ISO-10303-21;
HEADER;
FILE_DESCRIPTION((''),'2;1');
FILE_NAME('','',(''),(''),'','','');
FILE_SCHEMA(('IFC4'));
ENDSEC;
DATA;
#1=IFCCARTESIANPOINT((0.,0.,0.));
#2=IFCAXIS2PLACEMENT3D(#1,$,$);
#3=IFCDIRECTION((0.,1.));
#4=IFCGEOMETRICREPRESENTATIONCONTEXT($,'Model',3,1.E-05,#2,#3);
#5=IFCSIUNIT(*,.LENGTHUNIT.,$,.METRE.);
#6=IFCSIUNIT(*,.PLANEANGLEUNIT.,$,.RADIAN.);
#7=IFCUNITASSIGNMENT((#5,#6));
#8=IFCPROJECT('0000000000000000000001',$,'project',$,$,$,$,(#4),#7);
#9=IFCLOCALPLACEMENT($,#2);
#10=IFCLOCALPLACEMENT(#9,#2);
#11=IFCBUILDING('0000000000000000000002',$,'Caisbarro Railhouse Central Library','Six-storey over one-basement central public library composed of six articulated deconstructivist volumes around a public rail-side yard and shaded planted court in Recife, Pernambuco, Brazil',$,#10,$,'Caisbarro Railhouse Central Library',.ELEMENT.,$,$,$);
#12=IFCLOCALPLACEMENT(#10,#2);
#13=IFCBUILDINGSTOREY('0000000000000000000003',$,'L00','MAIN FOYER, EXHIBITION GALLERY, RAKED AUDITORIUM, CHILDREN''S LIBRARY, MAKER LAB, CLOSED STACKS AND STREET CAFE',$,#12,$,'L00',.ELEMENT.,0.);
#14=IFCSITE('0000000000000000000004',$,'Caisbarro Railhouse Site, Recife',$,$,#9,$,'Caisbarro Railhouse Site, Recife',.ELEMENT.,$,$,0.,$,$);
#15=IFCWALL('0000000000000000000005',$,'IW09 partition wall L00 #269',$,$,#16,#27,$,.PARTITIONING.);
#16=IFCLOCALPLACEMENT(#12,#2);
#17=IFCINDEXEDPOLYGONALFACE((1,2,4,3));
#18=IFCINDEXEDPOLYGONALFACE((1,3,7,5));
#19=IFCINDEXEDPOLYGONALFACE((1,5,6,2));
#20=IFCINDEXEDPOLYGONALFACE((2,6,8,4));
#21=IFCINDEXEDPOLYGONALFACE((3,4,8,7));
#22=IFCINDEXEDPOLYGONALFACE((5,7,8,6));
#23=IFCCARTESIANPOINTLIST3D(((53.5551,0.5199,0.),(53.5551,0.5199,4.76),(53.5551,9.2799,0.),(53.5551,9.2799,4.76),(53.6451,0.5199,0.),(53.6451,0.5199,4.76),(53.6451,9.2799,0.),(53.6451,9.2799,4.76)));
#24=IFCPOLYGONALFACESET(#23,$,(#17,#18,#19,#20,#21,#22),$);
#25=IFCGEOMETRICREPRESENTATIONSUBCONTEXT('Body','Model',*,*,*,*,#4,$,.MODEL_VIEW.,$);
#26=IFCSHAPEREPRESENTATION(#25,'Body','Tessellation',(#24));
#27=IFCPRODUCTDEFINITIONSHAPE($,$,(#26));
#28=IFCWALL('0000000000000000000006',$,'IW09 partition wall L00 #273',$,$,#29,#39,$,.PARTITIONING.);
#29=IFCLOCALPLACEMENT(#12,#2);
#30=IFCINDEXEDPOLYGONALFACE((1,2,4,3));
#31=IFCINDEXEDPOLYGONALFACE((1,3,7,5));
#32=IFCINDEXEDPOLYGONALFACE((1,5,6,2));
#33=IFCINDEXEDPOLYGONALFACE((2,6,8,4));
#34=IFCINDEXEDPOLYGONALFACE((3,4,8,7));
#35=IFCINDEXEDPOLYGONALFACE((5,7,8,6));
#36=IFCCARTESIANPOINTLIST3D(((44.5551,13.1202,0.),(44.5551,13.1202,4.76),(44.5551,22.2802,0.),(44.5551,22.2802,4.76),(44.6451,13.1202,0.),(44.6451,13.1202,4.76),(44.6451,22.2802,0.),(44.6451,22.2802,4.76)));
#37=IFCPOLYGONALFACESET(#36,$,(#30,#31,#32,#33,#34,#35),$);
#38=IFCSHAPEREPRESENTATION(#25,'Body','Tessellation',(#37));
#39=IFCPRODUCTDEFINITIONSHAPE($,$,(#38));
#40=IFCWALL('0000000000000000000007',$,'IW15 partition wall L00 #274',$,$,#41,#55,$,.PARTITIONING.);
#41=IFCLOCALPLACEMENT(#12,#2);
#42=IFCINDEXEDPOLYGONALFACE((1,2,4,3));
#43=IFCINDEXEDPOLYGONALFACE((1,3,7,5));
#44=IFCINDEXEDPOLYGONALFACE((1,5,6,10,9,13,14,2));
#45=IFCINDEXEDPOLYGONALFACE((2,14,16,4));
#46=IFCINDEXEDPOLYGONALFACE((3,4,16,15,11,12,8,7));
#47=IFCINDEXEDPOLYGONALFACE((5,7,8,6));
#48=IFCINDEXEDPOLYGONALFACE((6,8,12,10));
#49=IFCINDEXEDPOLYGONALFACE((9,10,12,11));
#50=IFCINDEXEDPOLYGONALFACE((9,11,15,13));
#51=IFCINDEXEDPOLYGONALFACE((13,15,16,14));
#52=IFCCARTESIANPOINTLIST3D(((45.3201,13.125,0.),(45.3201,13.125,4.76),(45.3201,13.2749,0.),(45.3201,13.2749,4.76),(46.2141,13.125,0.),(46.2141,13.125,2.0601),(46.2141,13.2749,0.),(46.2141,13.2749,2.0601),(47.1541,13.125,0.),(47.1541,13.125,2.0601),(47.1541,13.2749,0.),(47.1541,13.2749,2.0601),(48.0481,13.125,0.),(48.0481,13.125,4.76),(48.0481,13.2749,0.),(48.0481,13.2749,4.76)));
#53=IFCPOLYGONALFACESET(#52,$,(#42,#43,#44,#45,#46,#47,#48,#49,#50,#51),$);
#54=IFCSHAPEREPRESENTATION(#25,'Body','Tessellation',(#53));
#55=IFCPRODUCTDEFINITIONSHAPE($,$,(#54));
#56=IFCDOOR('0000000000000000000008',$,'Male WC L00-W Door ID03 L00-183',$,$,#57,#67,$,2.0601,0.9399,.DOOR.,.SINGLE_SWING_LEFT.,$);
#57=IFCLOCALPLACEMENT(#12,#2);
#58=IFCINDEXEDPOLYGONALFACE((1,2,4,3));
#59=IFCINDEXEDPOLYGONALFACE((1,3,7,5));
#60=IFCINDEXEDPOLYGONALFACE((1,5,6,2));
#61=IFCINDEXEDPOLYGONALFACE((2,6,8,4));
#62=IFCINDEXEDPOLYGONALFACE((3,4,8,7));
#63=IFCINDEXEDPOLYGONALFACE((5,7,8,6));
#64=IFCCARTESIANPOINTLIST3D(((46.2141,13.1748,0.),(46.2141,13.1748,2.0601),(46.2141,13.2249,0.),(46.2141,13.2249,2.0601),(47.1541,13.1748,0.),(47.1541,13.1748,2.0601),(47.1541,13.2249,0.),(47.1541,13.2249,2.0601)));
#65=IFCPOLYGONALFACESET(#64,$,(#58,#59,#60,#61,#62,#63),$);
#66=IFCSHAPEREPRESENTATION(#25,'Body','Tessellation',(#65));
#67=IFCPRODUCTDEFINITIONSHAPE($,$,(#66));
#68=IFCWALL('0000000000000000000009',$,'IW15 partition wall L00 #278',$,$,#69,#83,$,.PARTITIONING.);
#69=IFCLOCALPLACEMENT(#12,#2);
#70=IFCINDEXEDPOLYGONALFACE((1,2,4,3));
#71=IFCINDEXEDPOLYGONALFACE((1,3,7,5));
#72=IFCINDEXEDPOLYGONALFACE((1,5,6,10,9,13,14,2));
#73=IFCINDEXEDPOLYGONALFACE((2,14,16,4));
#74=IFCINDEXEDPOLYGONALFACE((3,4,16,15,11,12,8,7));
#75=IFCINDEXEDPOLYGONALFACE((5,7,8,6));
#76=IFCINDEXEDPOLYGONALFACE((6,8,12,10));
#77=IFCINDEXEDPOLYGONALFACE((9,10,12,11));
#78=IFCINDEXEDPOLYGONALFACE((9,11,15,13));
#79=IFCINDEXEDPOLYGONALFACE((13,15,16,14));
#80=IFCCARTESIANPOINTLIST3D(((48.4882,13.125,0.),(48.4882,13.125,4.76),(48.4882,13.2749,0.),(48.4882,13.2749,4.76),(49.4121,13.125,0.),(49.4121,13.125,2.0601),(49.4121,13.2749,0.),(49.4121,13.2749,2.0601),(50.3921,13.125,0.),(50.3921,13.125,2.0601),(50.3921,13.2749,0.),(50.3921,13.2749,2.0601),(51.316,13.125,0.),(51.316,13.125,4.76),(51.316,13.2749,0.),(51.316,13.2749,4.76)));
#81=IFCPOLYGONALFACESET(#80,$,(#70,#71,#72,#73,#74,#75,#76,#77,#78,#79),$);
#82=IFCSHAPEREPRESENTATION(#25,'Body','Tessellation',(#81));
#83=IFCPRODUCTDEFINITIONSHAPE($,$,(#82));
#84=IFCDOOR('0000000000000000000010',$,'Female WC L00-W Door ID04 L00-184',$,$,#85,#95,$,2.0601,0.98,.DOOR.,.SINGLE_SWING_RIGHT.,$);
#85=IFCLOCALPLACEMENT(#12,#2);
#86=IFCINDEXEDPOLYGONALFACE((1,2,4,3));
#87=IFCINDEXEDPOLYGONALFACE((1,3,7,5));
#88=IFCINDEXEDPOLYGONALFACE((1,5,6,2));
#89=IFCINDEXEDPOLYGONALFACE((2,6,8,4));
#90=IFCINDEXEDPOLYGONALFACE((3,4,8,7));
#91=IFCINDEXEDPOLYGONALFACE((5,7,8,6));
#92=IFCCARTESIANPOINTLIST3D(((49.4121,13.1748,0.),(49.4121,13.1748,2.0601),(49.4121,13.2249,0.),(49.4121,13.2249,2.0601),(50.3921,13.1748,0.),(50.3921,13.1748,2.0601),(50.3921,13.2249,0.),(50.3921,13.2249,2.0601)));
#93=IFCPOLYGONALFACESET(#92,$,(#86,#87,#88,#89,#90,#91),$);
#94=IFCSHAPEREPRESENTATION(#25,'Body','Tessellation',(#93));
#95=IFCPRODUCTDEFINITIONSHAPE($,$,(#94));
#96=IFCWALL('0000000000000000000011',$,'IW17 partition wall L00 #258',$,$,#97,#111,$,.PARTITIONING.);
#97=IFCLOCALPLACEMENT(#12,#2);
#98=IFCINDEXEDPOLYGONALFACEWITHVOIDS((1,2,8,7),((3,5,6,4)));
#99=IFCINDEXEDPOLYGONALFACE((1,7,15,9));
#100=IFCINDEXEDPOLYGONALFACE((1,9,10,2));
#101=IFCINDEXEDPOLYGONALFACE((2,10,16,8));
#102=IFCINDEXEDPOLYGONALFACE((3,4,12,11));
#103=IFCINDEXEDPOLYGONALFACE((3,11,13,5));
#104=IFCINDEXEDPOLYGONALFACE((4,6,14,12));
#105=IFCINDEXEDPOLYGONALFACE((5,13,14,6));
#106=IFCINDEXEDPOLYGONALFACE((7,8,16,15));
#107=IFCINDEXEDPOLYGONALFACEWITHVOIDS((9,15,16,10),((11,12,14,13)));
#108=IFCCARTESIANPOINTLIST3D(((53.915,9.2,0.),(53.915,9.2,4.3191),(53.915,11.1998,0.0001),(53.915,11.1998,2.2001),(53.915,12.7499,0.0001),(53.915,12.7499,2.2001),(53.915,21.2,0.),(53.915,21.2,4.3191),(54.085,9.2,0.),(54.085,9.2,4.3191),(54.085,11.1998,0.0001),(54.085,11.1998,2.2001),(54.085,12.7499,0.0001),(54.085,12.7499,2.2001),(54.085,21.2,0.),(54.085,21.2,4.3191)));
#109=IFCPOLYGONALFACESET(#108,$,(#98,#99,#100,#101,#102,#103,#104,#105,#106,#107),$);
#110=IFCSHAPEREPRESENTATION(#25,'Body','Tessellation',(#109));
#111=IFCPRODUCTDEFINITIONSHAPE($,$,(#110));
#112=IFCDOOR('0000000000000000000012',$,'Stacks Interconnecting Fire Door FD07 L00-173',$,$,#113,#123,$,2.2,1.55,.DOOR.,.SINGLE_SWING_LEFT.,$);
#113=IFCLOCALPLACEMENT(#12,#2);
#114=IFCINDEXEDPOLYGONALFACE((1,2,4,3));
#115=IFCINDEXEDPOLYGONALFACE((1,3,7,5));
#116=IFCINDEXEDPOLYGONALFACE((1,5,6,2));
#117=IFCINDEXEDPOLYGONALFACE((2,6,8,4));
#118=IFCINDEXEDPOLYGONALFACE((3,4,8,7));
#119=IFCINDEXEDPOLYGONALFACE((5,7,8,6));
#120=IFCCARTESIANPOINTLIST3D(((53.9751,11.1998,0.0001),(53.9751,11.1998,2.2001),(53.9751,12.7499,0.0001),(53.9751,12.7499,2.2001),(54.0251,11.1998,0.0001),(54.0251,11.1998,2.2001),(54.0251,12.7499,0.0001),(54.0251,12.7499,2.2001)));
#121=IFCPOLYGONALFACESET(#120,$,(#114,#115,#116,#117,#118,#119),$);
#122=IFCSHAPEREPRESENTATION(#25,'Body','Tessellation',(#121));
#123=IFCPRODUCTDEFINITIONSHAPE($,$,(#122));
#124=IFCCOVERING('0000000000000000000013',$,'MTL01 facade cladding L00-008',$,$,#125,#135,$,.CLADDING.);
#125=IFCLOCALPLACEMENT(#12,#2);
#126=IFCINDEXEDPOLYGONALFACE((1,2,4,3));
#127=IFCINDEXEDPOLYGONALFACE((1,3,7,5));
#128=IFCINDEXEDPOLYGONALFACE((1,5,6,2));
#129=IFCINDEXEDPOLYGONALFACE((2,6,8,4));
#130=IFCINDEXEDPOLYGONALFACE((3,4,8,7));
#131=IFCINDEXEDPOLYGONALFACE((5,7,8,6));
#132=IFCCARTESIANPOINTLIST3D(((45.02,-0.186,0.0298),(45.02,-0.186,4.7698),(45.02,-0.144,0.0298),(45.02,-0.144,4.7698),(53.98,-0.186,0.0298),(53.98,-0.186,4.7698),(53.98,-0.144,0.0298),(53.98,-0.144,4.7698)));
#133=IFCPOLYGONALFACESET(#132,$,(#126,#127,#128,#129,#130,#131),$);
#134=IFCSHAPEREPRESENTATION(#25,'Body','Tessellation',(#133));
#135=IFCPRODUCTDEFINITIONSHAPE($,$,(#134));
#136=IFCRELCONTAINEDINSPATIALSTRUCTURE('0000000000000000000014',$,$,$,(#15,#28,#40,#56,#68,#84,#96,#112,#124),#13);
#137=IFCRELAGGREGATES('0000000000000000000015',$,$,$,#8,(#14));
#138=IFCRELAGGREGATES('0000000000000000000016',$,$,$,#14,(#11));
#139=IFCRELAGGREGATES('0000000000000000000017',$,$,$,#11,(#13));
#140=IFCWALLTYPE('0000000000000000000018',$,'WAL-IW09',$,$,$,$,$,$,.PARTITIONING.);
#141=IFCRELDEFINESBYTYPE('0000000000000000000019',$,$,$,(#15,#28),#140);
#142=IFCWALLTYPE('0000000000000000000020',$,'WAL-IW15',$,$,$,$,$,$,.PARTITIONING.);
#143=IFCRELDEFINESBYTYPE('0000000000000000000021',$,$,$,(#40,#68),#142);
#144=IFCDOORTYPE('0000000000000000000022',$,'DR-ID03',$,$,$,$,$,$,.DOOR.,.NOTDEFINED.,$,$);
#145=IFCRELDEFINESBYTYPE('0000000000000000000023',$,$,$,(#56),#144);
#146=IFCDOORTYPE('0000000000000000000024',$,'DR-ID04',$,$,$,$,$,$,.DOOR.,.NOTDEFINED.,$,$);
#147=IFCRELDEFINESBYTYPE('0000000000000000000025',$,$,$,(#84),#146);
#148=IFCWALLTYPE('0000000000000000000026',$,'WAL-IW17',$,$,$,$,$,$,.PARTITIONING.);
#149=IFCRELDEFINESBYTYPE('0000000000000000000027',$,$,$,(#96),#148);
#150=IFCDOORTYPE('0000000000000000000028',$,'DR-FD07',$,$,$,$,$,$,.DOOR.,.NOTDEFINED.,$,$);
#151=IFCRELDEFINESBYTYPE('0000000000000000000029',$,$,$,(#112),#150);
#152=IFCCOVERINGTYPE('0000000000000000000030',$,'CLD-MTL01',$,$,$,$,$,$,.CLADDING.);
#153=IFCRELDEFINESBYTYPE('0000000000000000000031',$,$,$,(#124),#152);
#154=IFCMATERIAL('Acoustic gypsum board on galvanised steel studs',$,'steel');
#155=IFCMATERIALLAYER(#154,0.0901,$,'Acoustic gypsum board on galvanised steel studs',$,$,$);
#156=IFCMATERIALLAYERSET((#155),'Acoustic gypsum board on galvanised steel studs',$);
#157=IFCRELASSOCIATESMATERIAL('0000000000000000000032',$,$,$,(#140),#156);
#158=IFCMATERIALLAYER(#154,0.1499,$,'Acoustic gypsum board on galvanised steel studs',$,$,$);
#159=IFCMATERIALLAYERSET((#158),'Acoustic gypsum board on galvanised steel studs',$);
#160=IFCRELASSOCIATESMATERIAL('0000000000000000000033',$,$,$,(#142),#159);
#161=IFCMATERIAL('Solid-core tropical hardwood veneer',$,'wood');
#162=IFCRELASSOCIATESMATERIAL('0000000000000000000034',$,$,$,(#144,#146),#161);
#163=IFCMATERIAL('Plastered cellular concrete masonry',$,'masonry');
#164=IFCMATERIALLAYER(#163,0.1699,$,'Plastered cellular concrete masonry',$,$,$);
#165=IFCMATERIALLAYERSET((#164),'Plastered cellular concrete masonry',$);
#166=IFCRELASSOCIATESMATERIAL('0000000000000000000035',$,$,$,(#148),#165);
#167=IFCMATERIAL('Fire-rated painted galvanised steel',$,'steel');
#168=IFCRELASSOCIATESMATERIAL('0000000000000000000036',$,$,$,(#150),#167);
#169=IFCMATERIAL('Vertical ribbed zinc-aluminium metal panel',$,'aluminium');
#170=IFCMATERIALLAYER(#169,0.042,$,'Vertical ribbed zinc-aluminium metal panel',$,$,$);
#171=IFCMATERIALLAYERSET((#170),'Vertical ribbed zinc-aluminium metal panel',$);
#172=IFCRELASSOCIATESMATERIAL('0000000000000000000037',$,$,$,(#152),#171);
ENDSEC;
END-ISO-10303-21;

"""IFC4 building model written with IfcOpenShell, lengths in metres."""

from ifc_helpers import new_model, si_unit, direction, frame, frame_2d, origin, origin_2d, place, context, subcontext, project, spatial, rectangle, extrude, material, layer, layer_set, type_object, element, fill, save


model = new_model("IFC4")

# Units and contexts
model_context = context("Model", 3, precision=1e-05, world=origin(), true_north=direction((0.0, 1.0)))
body_context = subcontext(model_context, "Body", "Model", "MODEL_VIEW")
ifc_project = project(units=[si_unit("LENGTHUNIT", "METRE"), si_unit("PLANEANGLEUNIT", "RADIAN")], contexts=[model_context])

# Site, building, storey
site_placement = place(None, origin())
site = spatial("IfcSite", under=ifc_project, at=site_placement, Name="Caisbarro Railhouse Site, Recife", LongName="Caisbarro Railhouse Site, Recife", CompositionType="ELEMENT", RefElevation=0.0)
building_placement = place(site_placement, origin())
building = spatial("IfcBuilding", under=site, at=building_placement, Name="Caisbarro Railhouse Central Library", Description="Six-storey over one-basement central public library composed of six articulated deconstructivist volumes around a public rail-side yard and shaded planted court in Recife, Pernambuco, Brazil", LongName="Caisbarro Railhouse Central Library", CompositionType="ELEMENT")
storey_placement = place(building_placement, origin())
storey = spatial("IfcBuildingStorey", under=building, at=storey_placement, Name="L00", Description="MAIN FOYER, EXHIBITION GALLERY, RAKED AUDITORIUM, CHILDREN'S LIBRARY, MAKER LAB, CLOSED STACKS AND STREET CAFE", LongName="L00", CompositionType="ELEMENT", Elevation=0.0)

# Walls
ifc_material_1 = material(Name="Acoustic gypsum board on galvanised steel studs", Category="steel")
ifc_layer_1 = layer(ifc_material_1, 0.0901, Name="Acoustic gypsum board on galvanised steel studs")
ifc_layer_set_1 = layer_set([ifc_layer_1], Name="Acoustic gypsum board on galvanised steel studs")
wall_type_1 = type_object("IfcWallType", Name="WAL-IW09", PredefinedType="PARTITIONING", material=ifc_layer_set_1)
wall_1_placement = place(storey_placement, frame((53.6001, 0.52, 0.0), z_axis=(0.0, 0.0, 1.0), x_axis=(0.0, 1.0, 0.0)))
element("IfcWall", 1, at=wall_1_placement, inside=storey, type_object=wall_type_1, Name="IW09 partition wall L00 #269", PredefinedType="PARTITIONING", context=body_context, shape_type="SweptSolid", body=[
    extrude(rectangle(XDim=8.76, YDim=0.0901, at=frame_2d((4.3799, 0.0))), origin(), (0.0, 0.0, 1.0), 4.76),
])
wall_2_placement = place(storey_placement, frame((44.6001, 13.1201, 0.0), z_axis=(0.0, 0.0, 1.0), x_axis=(0.0, 1.0, 0.0)))
element("IfcWall", 2, at=wall_2_placement, inside=storey, type_object=wall_type_1, Name="IW09 partition wall L00 #273", PredefinedType="PARTITIONING", context=body_context, shape_type="SweptSolid", body=[
    extrude(rectangle(XDim=9.1599, YDim=0.0901, at=frame_2d((4.5801, 0.0))), origin(), (0.0, 0.0, 1.0), 4.76),
])

# Walls, openings, doors
ifc_layer_2 = layer(ifc_material_1, 0.1499, Name="Acoustic gypsum board on galvanised steel studs")
ifc_layer_set_2 = layer_set([ifc_layer_2], Name="Acoustic gypsum board on galvanised steel studs")
wall_type_2 = type_object("IfcWallType", Name="WAL-IW15", PredefinedType="PARTITIONING", material=ifc_layer_set_2)
wall_3_placement = place(storey_placement, frame((45.3201, 13.2, 0.0), z_axis=(0.0, 0.0, 1.0), x_axis=(1.0, 0.0, 0.0)))
wall_3 = element("IfcWall", 3, at=wall_3_placement, inside=storey, type_object=wall_type_2, Name="IW15 partition wall L00 #274", PredefinedType="PARTITIONING", context=body_context, shape_type="SweptSolid", body=[
    extrude(rectangle(XDim=2.728, YDim=0.1499, at=frame_2d((1.364, 0.0))), origin(), (0.0, 0.0, 1.0), 4.76),
])
opening_1_placement = place(wall_3_placement, frame((0.894, 0.0, 0.0)))
opening_1 = element("IfcOpeningElement", 4, at=opening_1_placement, cuts=wall_3, PredefinedType="OPENING", context=body_context, shape_type="SweptSolid", body=[
    extrude(rectangle(XDim=0.9399, YDim=2.0601, at=frame_2d((0.47, 1.03))), frame((0.0, 0.085, 0.0), z_axis=(0.0, -1.0, 0.0), x_axis=(1.0, 0.0, 0.0)), (0.0, 0.0, 1.0), 0.1699),
])
ifc_material_2 = material(Name="Solid-core tropical hardwood veneer", Category="wood")
door_type_1 = type_object("IfcDoorType", Name="DR-ID03", OperationType="NOTDEFINED", PredefinedType="DOOR", material=ifc_material_2)
door_1_placement = place(opening_1_placement, origin())
door_1 = element("IfcDoor", 5, at=door_1_placement, inside=storey, type_object=door_type_1, Name="Male WC L00-W Door ID03 L00-183", OperationType="SINGLE_SWING_LEFT", OverallHeight=2.0601, OverallWidth=0.9399, PredefinedType="DOOR", context=body_context, shape_type="SweptSolid", body=[
    extrude(rectangle(XDim=0.9399, YDim=2.0601, at=frame_2d((0.47, 1.03))), frame((0.0, 0.0249, 0.0), z_axis=(0.0, -1.0, 0.0), x_axis=(1.0, 0.0, 0.0)), (0.0, 0.0, 1.0), 0.05),
])
fill(opening_1, door_1)
wall_4_placement = place(storey_placement, frame((48.488, 13.2, 0.0), z_axis=(0.0, 0.0, 1.0), x_axis=(1.0, 0.0, 0.0)))
wall_4 = element("IfcWall", 6, at=wall_4_placement, inside=storey, type_object=wall_type_2, Name="IW15 partition wall L00 #278", PredefinedType="PARTITIONING", context=body_context, shape_type="SweptSolid", body=[
    extrude(rectangle(XDim=2.8279, YDim=0.1499, at=frame_2d((1.4141, 0.0))), origin(), (0.0, 0.0, 1.0), 4.76),
])
opening_2_placement = place(wall_4_placement, frame((0.9241, 0.0, 0.0)))
opening_2 = element("IfcOpeningElement", 7, at=opening_2_placement, cuts=wall_4, PredefinedType="OPENING", context=body_context, shape_type="SweptSolid", body=[
    extrude(rectangle(XDim=0.98, YDim=2.0601, at=frame_2d((0.49, 1.03))), frame((0.0, 0.085, 0.0), z_axis=(0.0, -1.0, 0.0), x_axis=(1.0, 0.0, 0.0)), (0.0, 0.0, 1.0), 0.1699),
])
door_type_2 = type_object("IfcDoorType", Name="DR-ID04", OperationType="NOTDEFINED", PredefinedType="DOOR", material=ifc_material_2)
door_2_placement = place(opening_2_placement, origin())
door_2 = element("IfcDoor", 8, at=door_2_placement, inside=storey, type_object=door_type_2, Name="Female WC L00-W Door ID04 L00-184", OperationType="SINGLE_SWING_RIGHT", OverallHeight=2.0601, OverallWidth=0.98, PredefinedType="DOOR", context=body_context, shape_type="SweptSolid", body=[
    extrude(rectangle(XDim=0.98, YDim=2.0601, at=frame_2d((0.49, 1.03))), frame((0.0, 0.0249, 0.0), z_axis=(0.0, -1.0, 0.0), x_axis=(1.0, 0.0, 0.0)), (0.0, 0.0, 1.0), 0.05),
])
fill(opening_2, door_2)
ifc_material_3 = material(Name="Plastered cellular concrete masonry", Category="masonry")
ifc_layer_3 = layer(ifc_material_3, 0.1699, Name="Plastered cellular concrete masonry")
ifc_layer_set_3 = layer_set([ifc_layer_3], Name="Plastered cellular concrete masonry")
wall_type_3 = type_object("IfcWallType", Name="WAL-IW17", PredefinedType="PARTITIONING", material=ifc_layer_set_3)
wall_5_placement = place(storey_placement, frame((54.0, 9.2, 0.0), z_axis=(0.0, 0.0, 1.0), x_axis=(0.0, 1.0, 0.0)))
wall_5 = element("IfcWall", 9, at=wall_5_placement, inside=storey, type_object=wall_type_3, Name="IW17 partition wall L00 #258", PredefinedType="PARTITIONING", context=body_context, shape_type="SweptSolid", body=[
    extrude(rectangle(XDim=12.0, YDim=0.1699, at=frame_2d((6.0, 0.0))), origin(), (0.0, 0.0, 1.0), 4.3191),
])
opening_3_placement = place(wall_5_placement, frame((2.0, 0.0, 0.0)))
opening_3 = element("IfcOpeningElement", 10, at=opening_3_placement, cuts=wall_5, PredefinedType="OPENING", context=body_context, shape_type="SweptSolid", body=[
    extrude(rectangle(XDim=1.55, YDim=2.2, at=frame_2d((0.7749, 1.1001))), frame((0.0, 0.095, 0.0), z_axis=(0.0, -1.0, 0.0), x_axis=(1.0, 0.0, 0.0)), (0.0, 0.0, 1.0), 0.1899),
])
ifc_material_4 = material(Name="Fire-rated painted galvanised steel", Category="steel")
door_type_3 = type_object("IfcDoorType", Name="DR-FD07", OperationType="NOTDEFINED", PredefinedType="DOOR", material=ifc_material_4)
door_3_placement = place(opening_3_placement, origin())
door_3 = element("IfcDoor", 11, at=door_3_placement, inside=storey, type_object=door_type_3, Name="Stacks Interconnecting Fire Door FD07 L00-173", OperationType="SINGLE_SWING_LEFT", OverallHeight=2.2, OverallWidth=1.55, PredefinedType="DOOR", context=body_context, shape_type="SweptSolid", body=[
    extrude(rectangle(XDim=1.55, YDim=2.2, at=frame_2d((0.7749, 1.1001))), frame((0.0, 0.0249, 0.0), z_axis=(0.0, -1.0, 0.0), x_axis=(1.0, 0.0, 0.0)), (0.0, 0.0, 1.0), 0.05),
])
fill(opening_3, door_3)

# Covering
ifc_material_5 = material(Name="Vertical ribbed zinc-aluminium metal panel", Category="aluminium")
ifc_layer_4 = layer(ifc_material_5, 0.042, Name="Vertical ribbed zinc-aluminium metal panel")
ifc_layer_set_4 = layer_set([ifc_layer_4], Name="Vertical ribbed zinc-aluminium metal panel")
covering_type = type_object("IfcCoveringType", Name="CLD-MTL01", PredefinedType="CLADDING", material=ifc_layer_set_4)
covering_placement = place(storey_placement, frame((49.5, -0.165, 0.0298), z_axis=(0.0, 0.0, 1.0), x_axis=(1.0, 0.0, 0.0)))
element("IfcCovering", 12, at=covering_placement, inside=storey, type_object=covering_type, Name="MTL01 facade cladding L00-008", PredefinedType="CLADDING", context=body_context, shape_type="SweptSolid", body=[
    extrude(rectangle(XDim=8.96, YDim=0.042, at=origin_2d()), origin(), (0.0, 0.0, 1.0), 4.74),
])

save(model, "model.ifc")
